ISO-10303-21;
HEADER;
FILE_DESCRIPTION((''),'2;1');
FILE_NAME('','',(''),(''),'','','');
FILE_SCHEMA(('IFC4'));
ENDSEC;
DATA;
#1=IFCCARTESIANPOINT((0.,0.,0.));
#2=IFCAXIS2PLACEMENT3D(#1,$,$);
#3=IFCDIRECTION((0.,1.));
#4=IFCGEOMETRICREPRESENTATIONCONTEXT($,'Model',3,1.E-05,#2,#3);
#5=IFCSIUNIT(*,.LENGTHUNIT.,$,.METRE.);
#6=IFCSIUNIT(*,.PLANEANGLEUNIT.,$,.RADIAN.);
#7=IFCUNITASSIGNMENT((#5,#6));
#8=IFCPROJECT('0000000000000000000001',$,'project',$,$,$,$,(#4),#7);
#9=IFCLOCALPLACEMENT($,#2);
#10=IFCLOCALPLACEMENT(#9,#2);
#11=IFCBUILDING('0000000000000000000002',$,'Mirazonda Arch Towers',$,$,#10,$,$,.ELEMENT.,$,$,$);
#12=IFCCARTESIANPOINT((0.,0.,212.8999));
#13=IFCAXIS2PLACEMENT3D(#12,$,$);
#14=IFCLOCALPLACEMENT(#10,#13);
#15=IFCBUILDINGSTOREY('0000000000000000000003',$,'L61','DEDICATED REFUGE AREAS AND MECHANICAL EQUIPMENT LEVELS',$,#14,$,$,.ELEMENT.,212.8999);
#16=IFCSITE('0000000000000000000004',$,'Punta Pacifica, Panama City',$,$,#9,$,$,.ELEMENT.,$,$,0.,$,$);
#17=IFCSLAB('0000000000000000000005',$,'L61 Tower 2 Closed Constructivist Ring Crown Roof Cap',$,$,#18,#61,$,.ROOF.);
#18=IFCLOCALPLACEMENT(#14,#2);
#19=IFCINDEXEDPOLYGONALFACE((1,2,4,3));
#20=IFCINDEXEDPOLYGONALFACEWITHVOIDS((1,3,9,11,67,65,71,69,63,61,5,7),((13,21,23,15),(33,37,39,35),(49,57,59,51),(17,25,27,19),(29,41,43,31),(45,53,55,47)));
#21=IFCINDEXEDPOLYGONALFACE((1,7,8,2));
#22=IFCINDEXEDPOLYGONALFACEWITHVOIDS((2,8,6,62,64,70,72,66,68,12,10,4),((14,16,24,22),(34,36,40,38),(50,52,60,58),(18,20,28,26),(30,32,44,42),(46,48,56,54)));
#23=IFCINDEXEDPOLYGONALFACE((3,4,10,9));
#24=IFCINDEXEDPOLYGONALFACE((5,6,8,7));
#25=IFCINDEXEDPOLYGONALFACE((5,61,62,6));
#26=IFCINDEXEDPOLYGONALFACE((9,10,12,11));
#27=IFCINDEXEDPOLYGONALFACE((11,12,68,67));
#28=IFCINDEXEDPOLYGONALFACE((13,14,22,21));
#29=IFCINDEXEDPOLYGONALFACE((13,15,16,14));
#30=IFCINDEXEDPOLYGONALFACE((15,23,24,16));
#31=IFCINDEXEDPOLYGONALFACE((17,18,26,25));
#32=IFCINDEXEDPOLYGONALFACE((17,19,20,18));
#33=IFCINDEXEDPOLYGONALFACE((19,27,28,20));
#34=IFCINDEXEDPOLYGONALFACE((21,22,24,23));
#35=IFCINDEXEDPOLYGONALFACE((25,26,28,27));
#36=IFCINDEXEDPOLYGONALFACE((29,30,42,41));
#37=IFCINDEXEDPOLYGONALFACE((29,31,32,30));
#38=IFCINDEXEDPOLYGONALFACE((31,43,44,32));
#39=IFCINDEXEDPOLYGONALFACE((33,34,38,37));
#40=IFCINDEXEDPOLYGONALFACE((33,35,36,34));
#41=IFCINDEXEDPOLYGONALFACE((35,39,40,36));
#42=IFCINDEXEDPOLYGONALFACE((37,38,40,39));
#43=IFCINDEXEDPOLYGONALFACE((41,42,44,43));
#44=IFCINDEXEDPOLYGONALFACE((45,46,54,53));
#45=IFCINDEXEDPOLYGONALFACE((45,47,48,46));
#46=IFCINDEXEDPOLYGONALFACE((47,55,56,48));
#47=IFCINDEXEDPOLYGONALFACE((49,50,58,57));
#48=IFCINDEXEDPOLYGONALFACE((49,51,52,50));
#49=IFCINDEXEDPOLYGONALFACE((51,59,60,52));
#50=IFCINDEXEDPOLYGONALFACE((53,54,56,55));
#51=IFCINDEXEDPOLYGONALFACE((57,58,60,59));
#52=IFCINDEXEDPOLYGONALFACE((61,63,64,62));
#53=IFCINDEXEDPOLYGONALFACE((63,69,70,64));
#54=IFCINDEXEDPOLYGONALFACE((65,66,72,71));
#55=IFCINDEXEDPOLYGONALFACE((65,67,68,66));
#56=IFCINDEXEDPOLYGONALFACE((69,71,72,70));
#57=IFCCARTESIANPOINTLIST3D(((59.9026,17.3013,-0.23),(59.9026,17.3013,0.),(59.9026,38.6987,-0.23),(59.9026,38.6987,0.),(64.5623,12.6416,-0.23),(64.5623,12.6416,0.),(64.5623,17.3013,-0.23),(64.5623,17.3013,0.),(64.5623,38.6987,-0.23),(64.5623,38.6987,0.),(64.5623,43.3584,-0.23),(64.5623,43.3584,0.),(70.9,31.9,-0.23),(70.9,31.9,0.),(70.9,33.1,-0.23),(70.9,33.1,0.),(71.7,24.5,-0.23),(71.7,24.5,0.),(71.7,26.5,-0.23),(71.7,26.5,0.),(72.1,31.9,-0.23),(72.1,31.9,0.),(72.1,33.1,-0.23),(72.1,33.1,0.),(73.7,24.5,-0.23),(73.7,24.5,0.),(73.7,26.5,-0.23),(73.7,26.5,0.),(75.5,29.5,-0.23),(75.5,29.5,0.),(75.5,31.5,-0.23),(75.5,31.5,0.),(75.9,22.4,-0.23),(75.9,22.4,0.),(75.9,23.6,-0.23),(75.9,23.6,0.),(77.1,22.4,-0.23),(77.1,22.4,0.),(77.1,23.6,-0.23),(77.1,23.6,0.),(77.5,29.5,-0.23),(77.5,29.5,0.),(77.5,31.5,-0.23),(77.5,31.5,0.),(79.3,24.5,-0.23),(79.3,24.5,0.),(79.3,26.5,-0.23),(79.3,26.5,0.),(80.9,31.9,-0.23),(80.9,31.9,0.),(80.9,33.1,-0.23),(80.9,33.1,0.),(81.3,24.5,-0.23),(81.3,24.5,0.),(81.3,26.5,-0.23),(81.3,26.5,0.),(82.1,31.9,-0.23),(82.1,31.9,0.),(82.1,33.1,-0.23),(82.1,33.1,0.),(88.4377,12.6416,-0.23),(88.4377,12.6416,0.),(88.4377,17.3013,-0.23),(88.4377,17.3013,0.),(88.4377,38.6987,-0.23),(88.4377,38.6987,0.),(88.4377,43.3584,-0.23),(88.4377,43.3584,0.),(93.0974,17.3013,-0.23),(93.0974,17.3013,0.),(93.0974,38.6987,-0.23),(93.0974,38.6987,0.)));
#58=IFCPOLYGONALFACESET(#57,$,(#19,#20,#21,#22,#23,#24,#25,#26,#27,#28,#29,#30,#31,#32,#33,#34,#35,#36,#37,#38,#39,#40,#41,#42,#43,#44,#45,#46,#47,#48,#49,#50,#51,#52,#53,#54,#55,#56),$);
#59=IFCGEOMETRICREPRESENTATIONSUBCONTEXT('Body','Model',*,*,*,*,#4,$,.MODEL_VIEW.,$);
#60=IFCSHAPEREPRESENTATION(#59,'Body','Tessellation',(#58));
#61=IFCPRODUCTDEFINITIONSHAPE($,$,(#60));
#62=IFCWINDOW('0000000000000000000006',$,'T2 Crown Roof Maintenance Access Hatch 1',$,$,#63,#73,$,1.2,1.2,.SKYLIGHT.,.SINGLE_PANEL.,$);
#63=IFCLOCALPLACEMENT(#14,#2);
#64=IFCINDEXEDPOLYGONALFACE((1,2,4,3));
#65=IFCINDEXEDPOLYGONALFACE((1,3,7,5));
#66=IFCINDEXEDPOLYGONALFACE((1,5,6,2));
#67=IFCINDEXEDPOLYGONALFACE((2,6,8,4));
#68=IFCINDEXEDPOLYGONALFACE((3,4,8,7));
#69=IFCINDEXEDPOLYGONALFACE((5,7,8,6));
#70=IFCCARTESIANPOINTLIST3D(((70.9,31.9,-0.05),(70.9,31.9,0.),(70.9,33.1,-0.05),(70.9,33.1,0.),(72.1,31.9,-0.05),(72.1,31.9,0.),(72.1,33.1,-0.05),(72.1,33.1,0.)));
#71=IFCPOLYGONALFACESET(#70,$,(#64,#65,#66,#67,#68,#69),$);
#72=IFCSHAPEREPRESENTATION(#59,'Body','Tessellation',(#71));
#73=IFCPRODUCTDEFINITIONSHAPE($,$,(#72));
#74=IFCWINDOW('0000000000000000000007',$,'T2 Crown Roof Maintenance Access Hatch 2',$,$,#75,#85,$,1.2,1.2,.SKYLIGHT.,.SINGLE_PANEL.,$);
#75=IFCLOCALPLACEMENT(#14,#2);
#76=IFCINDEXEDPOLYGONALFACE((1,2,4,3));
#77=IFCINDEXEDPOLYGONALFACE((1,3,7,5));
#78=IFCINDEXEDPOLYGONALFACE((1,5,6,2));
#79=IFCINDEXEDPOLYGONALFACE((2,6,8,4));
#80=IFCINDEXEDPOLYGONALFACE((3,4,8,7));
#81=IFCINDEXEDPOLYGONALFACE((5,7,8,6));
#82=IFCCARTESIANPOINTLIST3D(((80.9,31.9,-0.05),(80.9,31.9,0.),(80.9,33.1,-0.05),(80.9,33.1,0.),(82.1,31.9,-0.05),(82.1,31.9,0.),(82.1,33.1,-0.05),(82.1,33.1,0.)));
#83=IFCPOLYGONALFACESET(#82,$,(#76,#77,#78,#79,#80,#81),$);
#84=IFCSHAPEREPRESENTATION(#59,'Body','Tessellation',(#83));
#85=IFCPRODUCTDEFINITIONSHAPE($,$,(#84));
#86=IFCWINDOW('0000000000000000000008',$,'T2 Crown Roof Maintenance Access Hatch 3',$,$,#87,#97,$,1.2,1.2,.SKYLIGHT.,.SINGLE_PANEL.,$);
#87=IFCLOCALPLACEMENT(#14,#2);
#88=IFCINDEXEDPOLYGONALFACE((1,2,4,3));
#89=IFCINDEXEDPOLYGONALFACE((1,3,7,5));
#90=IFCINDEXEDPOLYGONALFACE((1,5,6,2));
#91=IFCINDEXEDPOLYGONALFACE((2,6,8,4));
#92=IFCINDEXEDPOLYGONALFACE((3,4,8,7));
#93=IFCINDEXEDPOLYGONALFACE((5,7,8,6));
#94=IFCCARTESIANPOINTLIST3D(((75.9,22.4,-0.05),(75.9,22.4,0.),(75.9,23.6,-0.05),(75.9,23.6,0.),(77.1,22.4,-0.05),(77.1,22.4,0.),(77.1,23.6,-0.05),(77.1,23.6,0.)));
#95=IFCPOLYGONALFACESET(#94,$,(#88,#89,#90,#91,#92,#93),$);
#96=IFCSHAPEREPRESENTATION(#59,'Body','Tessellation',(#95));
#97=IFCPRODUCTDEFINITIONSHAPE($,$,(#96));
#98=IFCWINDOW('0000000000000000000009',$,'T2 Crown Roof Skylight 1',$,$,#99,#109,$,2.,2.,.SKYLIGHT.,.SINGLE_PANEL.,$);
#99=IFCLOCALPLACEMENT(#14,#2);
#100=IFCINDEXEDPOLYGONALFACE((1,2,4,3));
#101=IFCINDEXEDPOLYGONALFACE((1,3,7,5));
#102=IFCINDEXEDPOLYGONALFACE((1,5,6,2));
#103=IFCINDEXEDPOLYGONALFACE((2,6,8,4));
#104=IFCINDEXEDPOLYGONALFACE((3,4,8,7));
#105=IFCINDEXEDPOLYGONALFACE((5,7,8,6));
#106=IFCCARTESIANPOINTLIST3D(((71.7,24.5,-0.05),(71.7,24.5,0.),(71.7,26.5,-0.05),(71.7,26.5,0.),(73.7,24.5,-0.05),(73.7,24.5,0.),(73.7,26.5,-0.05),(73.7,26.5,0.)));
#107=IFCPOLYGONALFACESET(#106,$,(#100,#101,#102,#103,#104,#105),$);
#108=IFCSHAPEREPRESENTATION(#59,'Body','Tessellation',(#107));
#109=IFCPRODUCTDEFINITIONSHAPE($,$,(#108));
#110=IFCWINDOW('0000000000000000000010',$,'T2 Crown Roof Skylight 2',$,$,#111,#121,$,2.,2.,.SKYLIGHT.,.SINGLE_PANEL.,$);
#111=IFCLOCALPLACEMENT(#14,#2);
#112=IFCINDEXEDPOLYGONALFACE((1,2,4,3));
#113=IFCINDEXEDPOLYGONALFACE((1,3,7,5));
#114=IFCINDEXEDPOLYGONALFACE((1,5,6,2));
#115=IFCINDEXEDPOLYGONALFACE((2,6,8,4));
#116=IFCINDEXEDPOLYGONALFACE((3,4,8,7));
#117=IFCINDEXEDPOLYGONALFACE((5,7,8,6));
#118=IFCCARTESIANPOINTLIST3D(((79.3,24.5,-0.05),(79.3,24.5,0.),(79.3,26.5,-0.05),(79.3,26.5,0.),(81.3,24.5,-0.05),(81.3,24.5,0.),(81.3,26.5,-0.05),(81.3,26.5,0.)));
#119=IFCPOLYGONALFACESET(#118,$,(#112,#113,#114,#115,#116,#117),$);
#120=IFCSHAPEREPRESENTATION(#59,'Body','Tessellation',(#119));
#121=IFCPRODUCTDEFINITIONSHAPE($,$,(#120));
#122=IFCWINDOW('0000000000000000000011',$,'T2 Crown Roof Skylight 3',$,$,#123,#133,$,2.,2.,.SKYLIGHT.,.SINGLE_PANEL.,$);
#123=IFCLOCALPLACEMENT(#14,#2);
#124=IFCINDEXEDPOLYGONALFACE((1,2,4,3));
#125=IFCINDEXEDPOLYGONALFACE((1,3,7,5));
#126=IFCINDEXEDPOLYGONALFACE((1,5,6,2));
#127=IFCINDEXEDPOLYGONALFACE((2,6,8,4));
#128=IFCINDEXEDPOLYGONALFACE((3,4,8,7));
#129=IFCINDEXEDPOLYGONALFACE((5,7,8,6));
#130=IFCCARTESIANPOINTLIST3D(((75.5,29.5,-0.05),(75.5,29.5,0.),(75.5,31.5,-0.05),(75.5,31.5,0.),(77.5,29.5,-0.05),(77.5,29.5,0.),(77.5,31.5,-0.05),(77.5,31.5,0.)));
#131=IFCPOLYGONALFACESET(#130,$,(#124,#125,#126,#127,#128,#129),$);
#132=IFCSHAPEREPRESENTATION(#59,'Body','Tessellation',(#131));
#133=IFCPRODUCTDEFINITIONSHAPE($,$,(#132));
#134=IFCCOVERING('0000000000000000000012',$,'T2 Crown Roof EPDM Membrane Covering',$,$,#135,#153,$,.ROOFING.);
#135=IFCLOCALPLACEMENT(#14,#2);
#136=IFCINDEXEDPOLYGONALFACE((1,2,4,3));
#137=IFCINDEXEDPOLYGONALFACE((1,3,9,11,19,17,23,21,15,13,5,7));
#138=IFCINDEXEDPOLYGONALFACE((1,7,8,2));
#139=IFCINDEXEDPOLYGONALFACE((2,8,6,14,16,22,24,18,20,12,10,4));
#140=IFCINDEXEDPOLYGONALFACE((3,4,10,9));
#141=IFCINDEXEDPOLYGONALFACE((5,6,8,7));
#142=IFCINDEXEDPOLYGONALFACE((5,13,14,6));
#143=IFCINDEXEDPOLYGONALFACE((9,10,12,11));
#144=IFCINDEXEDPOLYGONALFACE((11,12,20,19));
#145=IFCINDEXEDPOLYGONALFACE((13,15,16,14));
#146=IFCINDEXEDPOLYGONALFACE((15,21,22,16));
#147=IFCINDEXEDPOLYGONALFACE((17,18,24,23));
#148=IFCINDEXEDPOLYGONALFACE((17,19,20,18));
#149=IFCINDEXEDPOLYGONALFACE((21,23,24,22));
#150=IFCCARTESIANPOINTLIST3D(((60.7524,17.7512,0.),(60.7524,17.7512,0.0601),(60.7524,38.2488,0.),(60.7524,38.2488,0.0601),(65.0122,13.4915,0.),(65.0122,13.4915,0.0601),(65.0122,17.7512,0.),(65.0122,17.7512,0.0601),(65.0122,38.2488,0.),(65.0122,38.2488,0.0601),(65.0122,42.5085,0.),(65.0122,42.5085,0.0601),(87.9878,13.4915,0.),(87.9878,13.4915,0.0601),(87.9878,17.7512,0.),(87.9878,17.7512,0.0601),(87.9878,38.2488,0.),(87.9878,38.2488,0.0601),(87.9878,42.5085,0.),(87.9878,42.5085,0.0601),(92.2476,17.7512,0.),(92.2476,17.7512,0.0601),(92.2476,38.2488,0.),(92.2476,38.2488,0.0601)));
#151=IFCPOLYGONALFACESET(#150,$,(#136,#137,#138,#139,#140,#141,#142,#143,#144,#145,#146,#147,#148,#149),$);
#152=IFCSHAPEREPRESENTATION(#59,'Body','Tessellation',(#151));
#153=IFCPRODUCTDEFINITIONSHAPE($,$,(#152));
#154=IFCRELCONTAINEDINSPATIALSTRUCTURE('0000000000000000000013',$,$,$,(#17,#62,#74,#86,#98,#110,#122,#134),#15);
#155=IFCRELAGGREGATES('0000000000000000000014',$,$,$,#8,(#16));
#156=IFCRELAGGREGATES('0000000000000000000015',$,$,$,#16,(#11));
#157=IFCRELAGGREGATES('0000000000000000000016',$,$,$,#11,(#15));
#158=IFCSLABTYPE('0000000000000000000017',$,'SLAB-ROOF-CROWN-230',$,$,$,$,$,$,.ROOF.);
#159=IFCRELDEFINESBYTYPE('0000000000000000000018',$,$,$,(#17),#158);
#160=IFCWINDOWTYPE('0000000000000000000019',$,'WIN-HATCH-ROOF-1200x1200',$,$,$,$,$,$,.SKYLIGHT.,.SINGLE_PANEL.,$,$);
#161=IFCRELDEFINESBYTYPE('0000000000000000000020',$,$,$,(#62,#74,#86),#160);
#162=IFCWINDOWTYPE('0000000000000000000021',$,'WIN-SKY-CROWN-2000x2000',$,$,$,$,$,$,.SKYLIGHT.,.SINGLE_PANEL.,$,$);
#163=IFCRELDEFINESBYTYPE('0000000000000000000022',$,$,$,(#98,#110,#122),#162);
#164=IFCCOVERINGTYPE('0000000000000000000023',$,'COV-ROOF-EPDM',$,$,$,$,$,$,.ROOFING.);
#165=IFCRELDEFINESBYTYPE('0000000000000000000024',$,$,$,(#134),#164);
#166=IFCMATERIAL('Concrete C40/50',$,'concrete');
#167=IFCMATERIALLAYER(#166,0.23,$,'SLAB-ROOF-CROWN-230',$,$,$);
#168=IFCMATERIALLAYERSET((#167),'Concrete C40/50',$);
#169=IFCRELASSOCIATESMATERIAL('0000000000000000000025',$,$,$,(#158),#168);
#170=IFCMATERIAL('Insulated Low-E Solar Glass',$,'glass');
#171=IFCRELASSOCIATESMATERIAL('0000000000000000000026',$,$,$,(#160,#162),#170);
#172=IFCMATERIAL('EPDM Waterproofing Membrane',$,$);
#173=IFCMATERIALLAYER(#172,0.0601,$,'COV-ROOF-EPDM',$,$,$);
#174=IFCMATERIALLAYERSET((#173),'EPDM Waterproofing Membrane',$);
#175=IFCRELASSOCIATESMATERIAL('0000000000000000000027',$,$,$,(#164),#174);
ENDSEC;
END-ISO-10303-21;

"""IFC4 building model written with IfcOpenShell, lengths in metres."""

from ifc_helpers import new_model, si_unit, direction, frame, origin, origin_2d, place, context, subcontext, project, spatial, polyline, rectangle, outline, extrude, material, layer, layer_set, type_object, element, fill, save


model = new_model("IFC4")

# Units and contexts
model_context = context("Model", 3, precision=1e-05, world=origin(), true_north=direction((0.0, 1.0)))
body_context = subcontext(model_context, "Body", "Model", "MODEL_VIEW")
ifc_project = project(units=[si_unit("LENGTHUNIT", "METRE"), si_unit("PLANEANGLEUNIT", "RADIAN")], contexts=[model_context])

# Site, building, storey
site_placement = place(None, origin())
site = spatial("IfcSite", under=ifc_project, at=site_placement, Name="Punta Pacifica, Panama City", CompositionType="ELEMENT", RefElevation=0.0)
building_placement = place(site_placement, origin())
building = spatial("IfcBuilding", under=site, at=building_placement, Name="Mirazonda Arch Towers", CompositionType="ELEMENT")
storey_placement = place(building_placement, frame((0.0, 0.0, 212.8999)))
storey = spatial("IfcBuildingStorey", under=building, at=storey_placement, Name="L61", Description="DEDICATED REFUGE AREAS AND MECHANICAL EQUIPMENT LEVELS", CompositionType="ELEMENT", Elevation=212.8999)

# Shared definitions
ifc_material_1 = material(Name="Concrete C40/50", Category="concrete")

# Slab, openings, windows
ifc_layer_1 = layer(ifc_material_1, 0.23, Name="SLAB-ROOF-CROWN-230")
ifc_layer_set_1 = layer_set([ifc_layer_1], Name="Concrete C40/50")
slab_type_1 = type_object("IfcSlabType", Name="SLAB-ROOF-CROWN-230", PredefinedType="ROOF", material=ifc_layer_set_1)
slab_1_placement = place(storey_placement, frame((0.0, 0.0, -0.23)))
slab_1 = element("IfcSlab", 1, at=slab_1_placement, inside=storey, type_object=slab_type_1, Name="L61 Tower 2 Closed Constructivist Ring Crown Roof Cap", PredefinedType="ROOF", context=body_context, shape_type="SweptSolid", body=[
    extrude(outline(polyline([(88.4377, 12.6416), (88.4377, 17.3013), (93.0974, 17.3013), (93.0974, 38.6987), (88.4377, 38.6987), (88.4377, 43.3584), (64.5623, 43.3584), (64.5623, 38.6987), (59.9026, 38.6987), (59.9026, 17.3013), (64.5623, 17.3013), (64.5623, 12.6416), (88.4377, 12.6416)])), origin(), (0.0, 0.0, 1.0), 0.23),
])
opening_1_placement = place(slab_1_placement, frame((72.7, 25.5, 0.0)))
opening_1 = element("IfcOpeningElement", 2, at=opening_1_placement, cuts=slab_1, PredefinedType="OPENING", context=body_context, shape_type="SweptSolid", body=[
    extrude(rectangle(XDim=2.0, YDim=2.0, at=origin_2d()), frame((0.0, 0.0, -0.01)), (0.0, 0.0, 1.0), 0.25),
])
opening_2_placement = place(slab_1_placement, frame((80.3, 25.5, 0.0)))
opening_2 = element("IfcOpeningElement", 3, at=opening_2_placement, cuts=slab_1, PredefinedType="OPENING", context=body_context, shape_type="SweptSolid", body=[
    extrude(rectangle(XDim=2.0, YDim=2.0, at=origin_2d()), frame((0.0, 0.0, -0.01)), (0.0, 0.0, 1.0), 0.25),
])
opening_3_placement = place(slab_1_placement, frame((76.5, 30.5, 0.0)))
opening_3 = element("IfcOpeningElement", 4, at=opening_3_placement, cuts=slab_1, PredefinedType="OPENING", context=body_context, shape_type="SweptSolid", body=[
    extrude(rectangle(XDim=2.0, YDim=2.0, at=origin_2d()), frame((0.0, 0.0, -0.01)), (0.0, 0.0, 1.0), 0.25),
])
opening_4_placement = place(slab_1_placement, frame((71.5, 32.5, 0.0)))
opening_4 = element("IfcOpeningElement", 5, at=opening_4_placement, cuts=slab_1, PredefinedType="OPENING", context=body_context, shape_type="SweptSolid", body=[
    extrude(rectangle(XDim=1.2, YDim=1.2, at=origin_2d()), frame((0.0, 0.0, -0.01)), (0.0, 0.0, 1.0), 0.25),
])
opening_5_placement = place(slab_1_placement, frame((81.5, 32.5, 0.0)))
opening_5 = element("IfcOpeningElement", 6, at=opening_5_placement, cuts=slab_1, PredefinedType="OPENING", context=body_context, shape_type="SweptSolid", body=[
    extrude(rectangle(XDim=1.2, YDim=1.2, at=origin_2d()), frame((0.0, 0.0, -0.01)), (0.0, 0.0, 1.0), 0.25),
])
opening_6_placement = place(slab_1_placement, frame((76.5, 23.0, 0.0)))
opening_6 = element("IfcOpeningElement", 7, at=opening_6_placement, cuts=slab_1, PredefinedType="OPENING", context=body_context, shape_type="SweptSolid", body=[
    extrude(rectangle(XDim=1.2, YDim=1.2, at=origin_2d()), frame((0.0, 0.0, -0.01)), (0.0, 0.0, 1.0), 0.25),
])
ifc_material_2 = material(Name="Insulated Low-E Solar Glass", Category="glass")
window_type_1 = type_object("IfcWindowType", Name="WIN-HATCH-ROOF-1200x1200", PartitioningType="SINGLE_PANEL", PredefinedType="SKYLIGHT", material=ifc_material_2)
window_1_placement = place(opening_4_placement, frame((0.0, 0.0, 0.1799)))
window_1 = element("IfcWindow", 8, at=window_1_placement, inside=storey, type_object=window_type_1, Name="T2 Crown Roof Maintenance Access Hatch 1", OverallHeight=1.2, OverallWidth=1.2, PartitioningType="SINGLE_PANEL", PredefinedType="SKYLIGHT", context=body_context, shape_type="SweptSolid", body=[
    extrude(rectangle(XDim=1.2, YDim=1.2, at=origin_2d()), origin(), (0.0, 0.0, 1.0), 0.05),
])
fill(opening_4, window_1)
window_2_placement = place(opening_5_placement, frame((0.0, 0.0, 0.1799)))
window_2 = element("IfcWindow", 9, at=window_2_placement, inside=storey, type_object=window_type_1, Name="T2 Crown Roof Maintenance Access Hatch 2", OverallHeight=1.2, OverallWidth=1.2, PartitioningType="SINGLE_PANEL", PredefinedType="SKYLIGHT", context=body_context, shape_type="SweptSolid", body=[
    extrude(rectangle(XDim=1.2, YDim=1.2, at=origin_2d()), origin(), (0.0, 0.0, 1.0), 0.05),
])
fill(opening_5, window_2)
window_3_placement = place(opening_6_placement, frame((0.0, 0.0, 0.1799)))
window_3 = element("IfcWindow", 10, at=window_3_placement, inside=storey, type_object=window_type_1, Name="T2 Crown Roof Maintenance Access Hatch 3", OverallHeight=1.2, OverallWidth=1.2, PartitioningType="SINGLE_PANEL", PredefinedType="SKYLIGHT", context=body_context, shape_type="SweptSolid", body=[
    extrude(rectangle(XDim=1.2, YDim=1.2, at=origin_2d()), origin(), (0.0, 0.0, 1.0), 0.05),
])
fill(opening_6, window_3)
window_type_2 = type_object("IfcWindowType", Name="WIN-SKY-CROWN-2000x2000", PartitioningType="SINGLE_PANEL", PredefinedType="SKYLIGHT", material=ifc_material_2)
window_4_placement = place(opening_1_placement, frame((0.0, 0.0, 0.1799)))
window_4 = element("IfcWindow", 11, at=window_4_placement, inside=storey, type_object=window_type_2, Name="T2 Crown Roof Skylight 1", OverallHeight=2.0, OverallWidth=2.0, PartitioningType="SINGLE_PANEL", PredefinedType="SKYLIGHT", context=body_context, shape_type="SweptSolid", body=[
    extrude(rectangle(XDim=2.0, YDim=2.0, at=origin_2d()), origin(), (0.0, 0.0, 1.0), 0.05),
])
fill(opening_1, window_4)
window_5_placement = place(opening_2_placement, frame((0.0, 0.0, 0.1799)))
window_5 = element("IfcWindow", 12, at=window_5_placement, inside=storey, type_object=window_type_2, Name="T2 Crown Roof Skylight 2", OverallHeight=2.0, OverallWidth=2.0, PartitioningType="SINGLE_PANEL", PredefinedType="SKYLIGHT", context=body_context, shape_type="SweptSolid", body=[
    extrude(rectangle(XDim=2.0, YDim=2.0, at=origin_2d()), origin(), (0.0, 0.0, 1.0), 0.05),
])
fill(opening_2, window_5)
window_6_placement = place(opening_3_placement, frame((0.0, 0.0, 0.1799)))
window_6 = element("IfcWindow", 13, at=window_6_placement, inside=storey, type_object=window_type_2, Name="T2 Crown Roof Skylight 3", OverallHeight=2.0, OverallWidth=2.0, PartitioningType="SINGLE_PANEL", PredefinedType="SKYLIGHT", context=body_context, shape_type="SweptSolid", body=[
    extrude(rectangle(XDim=2.0, YDim=2.0, at=origin_2d()), origin(), (0.0, 0.0, 1.0), 0.05),
])
fill(opening_3, window_6)

# Covering
ifc_material_3 = material(Name="EPDM Waterproofing Membrane")
ifc_layer_2 = layer(ifc_material_3, 0.0601, Name="COV-ROOF-EPDM")
ifc_layer_set_2 = layer_set([ifc_layer_2], Name="EPDM Waterproofing Membrane")
covering_type = type_object("IfcCoveringType", Name="COV-ROOF-EPDM", PredefinedType="ROOFING", material=ifc_layer_set_2)
covering_placement = place(storey_placement, origin())
element("IfcCovering", 14, at=covering_placement, inside=storey, type_object=covering_type, Name="T2 Crown Roof EPDM Membrane Covering", PredefinedType="ROOFING", context=body_context, shape_type="SweptSolid", body=[
    extrude(outline(polyline([(65.0122, 13.4915), (87.9878, 13.4915), (87.9878, 17.7512), (92.2476, 17.7512), (92.2476, 38.2488), (87.9878, 38.2488), (87.9878, 42.5085), (65.0122, 42.5085), (65.0122, 38.2488), (60.7524, 38.2488), (60.7524, 17.7512), (65.0122, 17.7512), (65.0122, 13.4915)])), origin(), (0.0, 0.0, 1.0), 0.0601),
])

save(model, "model.ifc")
